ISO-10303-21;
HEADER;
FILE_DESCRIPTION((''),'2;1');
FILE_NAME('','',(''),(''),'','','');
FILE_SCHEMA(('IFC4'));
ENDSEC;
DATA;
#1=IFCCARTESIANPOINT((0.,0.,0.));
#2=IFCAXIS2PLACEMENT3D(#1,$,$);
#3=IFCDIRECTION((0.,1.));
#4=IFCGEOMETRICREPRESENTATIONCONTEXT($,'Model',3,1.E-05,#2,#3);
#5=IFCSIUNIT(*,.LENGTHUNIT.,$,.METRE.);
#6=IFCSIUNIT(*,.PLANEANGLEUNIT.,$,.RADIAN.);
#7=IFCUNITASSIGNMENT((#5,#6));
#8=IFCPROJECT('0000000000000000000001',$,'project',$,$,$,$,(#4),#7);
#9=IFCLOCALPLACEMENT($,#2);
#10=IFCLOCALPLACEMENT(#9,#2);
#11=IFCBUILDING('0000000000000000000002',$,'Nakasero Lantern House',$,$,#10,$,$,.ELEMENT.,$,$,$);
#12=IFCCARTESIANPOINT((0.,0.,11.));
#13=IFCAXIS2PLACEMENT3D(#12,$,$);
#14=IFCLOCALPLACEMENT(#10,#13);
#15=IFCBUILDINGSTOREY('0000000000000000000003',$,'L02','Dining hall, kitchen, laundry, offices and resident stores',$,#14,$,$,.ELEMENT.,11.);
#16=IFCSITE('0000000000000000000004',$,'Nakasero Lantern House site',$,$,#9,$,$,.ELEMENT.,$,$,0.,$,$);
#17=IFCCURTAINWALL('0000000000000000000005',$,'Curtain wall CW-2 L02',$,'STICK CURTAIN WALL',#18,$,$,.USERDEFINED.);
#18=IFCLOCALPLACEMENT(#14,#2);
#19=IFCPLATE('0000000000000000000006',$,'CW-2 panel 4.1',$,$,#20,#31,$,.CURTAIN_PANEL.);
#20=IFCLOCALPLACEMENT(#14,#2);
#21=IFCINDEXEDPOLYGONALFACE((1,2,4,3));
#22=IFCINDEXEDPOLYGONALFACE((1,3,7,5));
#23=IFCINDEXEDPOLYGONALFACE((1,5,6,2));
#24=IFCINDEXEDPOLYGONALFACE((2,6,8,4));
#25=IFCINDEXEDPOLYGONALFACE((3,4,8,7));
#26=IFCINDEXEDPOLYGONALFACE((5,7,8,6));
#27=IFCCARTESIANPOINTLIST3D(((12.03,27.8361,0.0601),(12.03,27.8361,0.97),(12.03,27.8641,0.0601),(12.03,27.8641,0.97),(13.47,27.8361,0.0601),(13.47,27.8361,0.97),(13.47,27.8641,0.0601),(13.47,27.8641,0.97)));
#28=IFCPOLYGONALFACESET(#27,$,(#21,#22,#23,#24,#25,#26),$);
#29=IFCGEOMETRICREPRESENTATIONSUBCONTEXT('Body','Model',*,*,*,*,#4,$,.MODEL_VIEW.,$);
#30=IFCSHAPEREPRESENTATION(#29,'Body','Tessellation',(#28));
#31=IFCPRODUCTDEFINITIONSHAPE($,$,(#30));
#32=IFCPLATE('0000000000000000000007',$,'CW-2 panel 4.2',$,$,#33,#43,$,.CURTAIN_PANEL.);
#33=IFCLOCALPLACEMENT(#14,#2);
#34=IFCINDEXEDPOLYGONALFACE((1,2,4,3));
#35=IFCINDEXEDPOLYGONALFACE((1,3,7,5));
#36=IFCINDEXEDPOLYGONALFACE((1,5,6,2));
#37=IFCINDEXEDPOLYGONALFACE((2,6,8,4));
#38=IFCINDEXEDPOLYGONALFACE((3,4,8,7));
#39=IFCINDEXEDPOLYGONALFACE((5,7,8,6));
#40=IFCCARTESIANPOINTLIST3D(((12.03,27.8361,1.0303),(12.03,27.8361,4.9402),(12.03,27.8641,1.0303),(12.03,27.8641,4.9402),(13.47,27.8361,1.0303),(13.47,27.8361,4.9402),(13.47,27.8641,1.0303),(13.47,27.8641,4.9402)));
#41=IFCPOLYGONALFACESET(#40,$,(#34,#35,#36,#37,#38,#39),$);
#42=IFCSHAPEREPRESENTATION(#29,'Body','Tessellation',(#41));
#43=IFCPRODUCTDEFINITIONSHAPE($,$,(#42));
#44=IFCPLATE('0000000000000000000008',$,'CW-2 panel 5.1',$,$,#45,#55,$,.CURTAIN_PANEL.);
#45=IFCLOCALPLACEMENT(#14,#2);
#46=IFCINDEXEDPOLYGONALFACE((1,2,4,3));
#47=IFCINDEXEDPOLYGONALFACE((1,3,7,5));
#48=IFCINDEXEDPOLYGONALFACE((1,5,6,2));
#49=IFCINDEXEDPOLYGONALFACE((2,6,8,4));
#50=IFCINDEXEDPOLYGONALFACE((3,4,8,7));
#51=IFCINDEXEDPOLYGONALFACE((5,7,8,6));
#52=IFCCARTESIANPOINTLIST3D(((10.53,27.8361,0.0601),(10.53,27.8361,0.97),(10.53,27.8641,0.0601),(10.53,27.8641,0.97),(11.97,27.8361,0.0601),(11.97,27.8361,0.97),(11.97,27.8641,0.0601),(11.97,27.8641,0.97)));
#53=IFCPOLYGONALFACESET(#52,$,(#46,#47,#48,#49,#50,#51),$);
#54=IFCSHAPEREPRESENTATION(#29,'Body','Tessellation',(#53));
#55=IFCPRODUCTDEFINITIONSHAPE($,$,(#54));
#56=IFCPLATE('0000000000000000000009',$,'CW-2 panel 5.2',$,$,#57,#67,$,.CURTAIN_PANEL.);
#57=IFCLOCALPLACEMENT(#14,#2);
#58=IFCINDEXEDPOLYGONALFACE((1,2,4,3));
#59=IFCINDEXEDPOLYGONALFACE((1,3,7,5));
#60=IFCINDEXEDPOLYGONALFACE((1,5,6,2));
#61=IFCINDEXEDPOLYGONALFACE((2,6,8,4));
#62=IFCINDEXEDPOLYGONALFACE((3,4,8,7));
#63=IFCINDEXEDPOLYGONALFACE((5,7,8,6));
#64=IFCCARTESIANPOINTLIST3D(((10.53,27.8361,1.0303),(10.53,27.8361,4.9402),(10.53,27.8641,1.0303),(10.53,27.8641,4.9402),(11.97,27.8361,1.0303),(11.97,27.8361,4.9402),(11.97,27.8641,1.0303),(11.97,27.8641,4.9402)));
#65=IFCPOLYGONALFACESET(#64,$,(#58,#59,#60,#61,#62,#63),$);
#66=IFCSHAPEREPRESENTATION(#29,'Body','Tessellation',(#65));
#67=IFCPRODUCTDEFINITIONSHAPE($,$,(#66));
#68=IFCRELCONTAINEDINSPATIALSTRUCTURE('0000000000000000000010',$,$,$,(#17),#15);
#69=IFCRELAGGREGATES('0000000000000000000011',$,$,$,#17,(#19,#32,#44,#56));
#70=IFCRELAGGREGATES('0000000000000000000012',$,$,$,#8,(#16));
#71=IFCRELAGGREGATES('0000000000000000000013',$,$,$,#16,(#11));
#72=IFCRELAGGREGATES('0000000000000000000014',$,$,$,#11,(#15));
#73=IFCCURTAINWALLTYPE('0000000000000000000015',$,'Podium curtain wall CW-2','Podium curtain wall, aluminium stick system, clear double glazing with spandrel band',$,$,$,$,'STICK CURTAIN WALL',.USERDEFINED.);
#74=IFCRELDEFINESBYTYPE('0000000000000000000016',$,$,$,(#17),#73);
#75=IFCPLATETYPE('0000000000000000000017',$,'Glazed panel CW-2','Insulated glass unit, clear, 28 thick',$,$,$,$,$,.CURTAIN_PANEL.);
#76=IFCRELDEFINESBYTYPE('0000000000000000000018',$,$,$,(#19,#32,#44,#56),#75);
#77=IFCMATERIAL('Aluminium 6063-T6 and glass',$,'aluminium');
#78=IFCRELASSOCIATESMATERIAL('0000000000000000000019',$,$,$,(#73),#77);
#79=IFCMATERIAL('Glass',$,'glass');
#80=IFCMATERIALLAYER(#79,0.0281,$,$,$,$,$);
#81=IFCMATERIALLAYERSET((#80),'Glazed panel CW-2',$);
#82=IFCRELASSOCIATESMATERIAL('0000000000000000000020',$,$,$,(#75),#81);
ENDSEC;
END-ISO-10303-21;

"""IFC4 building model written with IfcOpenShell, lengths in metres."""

from ifc_helpers import new_model, si_unit, direction, frame, origin, origin_2d, place, context, subcontext, project, spatial, rectangle, extrude, material, layer, layer_set, type_object, element, aggregate, save


model = new_model("IFC4")

# Units and contexts
model_context = context("Model", 3, precision=1e-05, world=origin(), true_north=direction((0.0, 1.0)))
body_context = subcontext(model_context, "Body", "Model", "MODEL_VIEW")
ifc_project = project(units=[si_unit("LENGTHUNIT", "METRE"), si_unit("PLANEANGLEUNIT", "RADIAN")], contexts=[model_context])

# Site, building, storey
site_placement = place(None, origin())
site = spatial("IfcSite", under=ifc_project, at=site_placement, Name="Nakasero Lantern House site", CompositionType="ELEMENT", RefElevation=0.0)
building_placement = place(site_placement, origin())
building = spatial("IfcBuilding", under=site, at=building_placement, Name="Nakasero Lantern House", CompositionType="ELEMENT")
storey_placement = place(building_placement, frame((0.0, 0.0, 11.0)))
storey = spatial("IfcBuildingStorey", under=building, at=storey_placement, Name="L02", Description="Dining hall, kitchen, laundry, offices and resident stores", CompositionType="ELEMENT", Elevation=11.0)

# Curtain wall, plates
ifc_material_1 = material(Name="Aluminium 6063-T6 and glass", Category="aluminium")
curtain_wall_type = type_object("IfcCurtainWallType", Name="Podium curtain wall CW-2", Description="Podium curtain wall, aluminium stick system, clear double glazing with spandrel band", ElementType="STICK CURTAIN WALL", PredefinedType="USERDEFINED", material=ifc_material_1)
curtain_wall_placement = place(storey_placement, origin())
curtain_wall = element("IfcCurtainWall", 1, at=curtain_wall_placement, inside=storey, type_object=curtain_wall_type, Name="Curtain wall CW-2 L02", ObjectType="STICK CURTAIN WALL", PredefinedType="USERDEFINED")
ifc_material_2 = material(Name="Glass", Category="glass")
ifc_layer = layer(ifc_material_2, 0.0281)
ifc_layer_set = layer_set([ifc_layer], Name="Glazed panel CW-2")
plate_type = type_object("IfcPlateType", Name="Glazed panel CW-2", Description="Insulated glass unit, clear, 28 thick", PredefinedType="CURTAIN_PANEL", material=ifc_layer_set)
plate_1_placement = place(storey_placement, frame((12.75, 27.8501, 0.0601), z_axis=(0.0, 0.0, 1.0), x_axis=(-1.0, 0.0, 0.0)))
plate_1 = element("IfcPlate", 2, at=plate_1_placement, type_object=plate_type, Name="CW-2 panel 4.1", PredefinedType="CURTAIN_PANEL", context=body_context, shape_type="SweptSolid", body=[
    extrude(rectangle(XDim=1.4399, YDim=0.0281, at=origin_2d()), origin(), (0.0, 0.0, 1.0), 0.9099),
])
plate_2_placement = place(storey_placement, frame((12.75, 27.8501, 1.0303), z_axis=(0.0, 0.0, 1.0), x_axis=(-1.0, 0.0, 0.0)))
plate_2 = element("IfcPlate", 3, at=plate_2_placement, type_object=plate_type, Name="CW-2 panel 4.2", PredefinedType="CURTAIN_PANEL", context=body_context, shape_type="SweptSolid", body=[
    extrude(rectangle(XDim=1.4399, YDim=0.0281, at=origin_2d()), origin(), (0.0, 0.0, 1.0), 3.9099),
])
plate_3_placement = place(storey_placement, frame((11.25, 27.8501, 0.0601), z_axis=(0.0, 0.0, 1.0), x_axis=(-1.0, 0.0, 0.0)))
plate_3 = element("IfcPlate", 4, at=plate_3_placement, type_object=plate_type, Name="CW-2 panel 5.1", PredefinedType="CURTAIN_PANEL", context=body_context, shape_type="SweptSolid", body=[
    extrude(rectangle(XDim=1.4399, YDim=0.0281, at=origin_2d()), origin(), (0.0, 0.0, 1.0), 0.9099),
])
plate_4_placement = place(storey_placement, frame((11.25, 27.8501, 1.0303), z_axis=(0.0, 0.0, 1.0), x_axis=(-1.0, 0.0, 0.0)))
plate_4 = element("IfcPlate", 5, at=plate_4_placement, type_object=plate_type, Name="CW-2 panel 5.2", PredefinedType="CURTAIN_PANEL", context=body_context, shape_type="SweptSolid", body=[
    extrude(rectangle(XDim=1.4399, YDim=0.0281, at=origin_2d()), origin(), (0.0, 0.0, 1.0), 3.9099),
])
aggregate(curtain_wall, [plate_1, plate_2, plate_3, plate_4])

save(model, "model.ifc")
